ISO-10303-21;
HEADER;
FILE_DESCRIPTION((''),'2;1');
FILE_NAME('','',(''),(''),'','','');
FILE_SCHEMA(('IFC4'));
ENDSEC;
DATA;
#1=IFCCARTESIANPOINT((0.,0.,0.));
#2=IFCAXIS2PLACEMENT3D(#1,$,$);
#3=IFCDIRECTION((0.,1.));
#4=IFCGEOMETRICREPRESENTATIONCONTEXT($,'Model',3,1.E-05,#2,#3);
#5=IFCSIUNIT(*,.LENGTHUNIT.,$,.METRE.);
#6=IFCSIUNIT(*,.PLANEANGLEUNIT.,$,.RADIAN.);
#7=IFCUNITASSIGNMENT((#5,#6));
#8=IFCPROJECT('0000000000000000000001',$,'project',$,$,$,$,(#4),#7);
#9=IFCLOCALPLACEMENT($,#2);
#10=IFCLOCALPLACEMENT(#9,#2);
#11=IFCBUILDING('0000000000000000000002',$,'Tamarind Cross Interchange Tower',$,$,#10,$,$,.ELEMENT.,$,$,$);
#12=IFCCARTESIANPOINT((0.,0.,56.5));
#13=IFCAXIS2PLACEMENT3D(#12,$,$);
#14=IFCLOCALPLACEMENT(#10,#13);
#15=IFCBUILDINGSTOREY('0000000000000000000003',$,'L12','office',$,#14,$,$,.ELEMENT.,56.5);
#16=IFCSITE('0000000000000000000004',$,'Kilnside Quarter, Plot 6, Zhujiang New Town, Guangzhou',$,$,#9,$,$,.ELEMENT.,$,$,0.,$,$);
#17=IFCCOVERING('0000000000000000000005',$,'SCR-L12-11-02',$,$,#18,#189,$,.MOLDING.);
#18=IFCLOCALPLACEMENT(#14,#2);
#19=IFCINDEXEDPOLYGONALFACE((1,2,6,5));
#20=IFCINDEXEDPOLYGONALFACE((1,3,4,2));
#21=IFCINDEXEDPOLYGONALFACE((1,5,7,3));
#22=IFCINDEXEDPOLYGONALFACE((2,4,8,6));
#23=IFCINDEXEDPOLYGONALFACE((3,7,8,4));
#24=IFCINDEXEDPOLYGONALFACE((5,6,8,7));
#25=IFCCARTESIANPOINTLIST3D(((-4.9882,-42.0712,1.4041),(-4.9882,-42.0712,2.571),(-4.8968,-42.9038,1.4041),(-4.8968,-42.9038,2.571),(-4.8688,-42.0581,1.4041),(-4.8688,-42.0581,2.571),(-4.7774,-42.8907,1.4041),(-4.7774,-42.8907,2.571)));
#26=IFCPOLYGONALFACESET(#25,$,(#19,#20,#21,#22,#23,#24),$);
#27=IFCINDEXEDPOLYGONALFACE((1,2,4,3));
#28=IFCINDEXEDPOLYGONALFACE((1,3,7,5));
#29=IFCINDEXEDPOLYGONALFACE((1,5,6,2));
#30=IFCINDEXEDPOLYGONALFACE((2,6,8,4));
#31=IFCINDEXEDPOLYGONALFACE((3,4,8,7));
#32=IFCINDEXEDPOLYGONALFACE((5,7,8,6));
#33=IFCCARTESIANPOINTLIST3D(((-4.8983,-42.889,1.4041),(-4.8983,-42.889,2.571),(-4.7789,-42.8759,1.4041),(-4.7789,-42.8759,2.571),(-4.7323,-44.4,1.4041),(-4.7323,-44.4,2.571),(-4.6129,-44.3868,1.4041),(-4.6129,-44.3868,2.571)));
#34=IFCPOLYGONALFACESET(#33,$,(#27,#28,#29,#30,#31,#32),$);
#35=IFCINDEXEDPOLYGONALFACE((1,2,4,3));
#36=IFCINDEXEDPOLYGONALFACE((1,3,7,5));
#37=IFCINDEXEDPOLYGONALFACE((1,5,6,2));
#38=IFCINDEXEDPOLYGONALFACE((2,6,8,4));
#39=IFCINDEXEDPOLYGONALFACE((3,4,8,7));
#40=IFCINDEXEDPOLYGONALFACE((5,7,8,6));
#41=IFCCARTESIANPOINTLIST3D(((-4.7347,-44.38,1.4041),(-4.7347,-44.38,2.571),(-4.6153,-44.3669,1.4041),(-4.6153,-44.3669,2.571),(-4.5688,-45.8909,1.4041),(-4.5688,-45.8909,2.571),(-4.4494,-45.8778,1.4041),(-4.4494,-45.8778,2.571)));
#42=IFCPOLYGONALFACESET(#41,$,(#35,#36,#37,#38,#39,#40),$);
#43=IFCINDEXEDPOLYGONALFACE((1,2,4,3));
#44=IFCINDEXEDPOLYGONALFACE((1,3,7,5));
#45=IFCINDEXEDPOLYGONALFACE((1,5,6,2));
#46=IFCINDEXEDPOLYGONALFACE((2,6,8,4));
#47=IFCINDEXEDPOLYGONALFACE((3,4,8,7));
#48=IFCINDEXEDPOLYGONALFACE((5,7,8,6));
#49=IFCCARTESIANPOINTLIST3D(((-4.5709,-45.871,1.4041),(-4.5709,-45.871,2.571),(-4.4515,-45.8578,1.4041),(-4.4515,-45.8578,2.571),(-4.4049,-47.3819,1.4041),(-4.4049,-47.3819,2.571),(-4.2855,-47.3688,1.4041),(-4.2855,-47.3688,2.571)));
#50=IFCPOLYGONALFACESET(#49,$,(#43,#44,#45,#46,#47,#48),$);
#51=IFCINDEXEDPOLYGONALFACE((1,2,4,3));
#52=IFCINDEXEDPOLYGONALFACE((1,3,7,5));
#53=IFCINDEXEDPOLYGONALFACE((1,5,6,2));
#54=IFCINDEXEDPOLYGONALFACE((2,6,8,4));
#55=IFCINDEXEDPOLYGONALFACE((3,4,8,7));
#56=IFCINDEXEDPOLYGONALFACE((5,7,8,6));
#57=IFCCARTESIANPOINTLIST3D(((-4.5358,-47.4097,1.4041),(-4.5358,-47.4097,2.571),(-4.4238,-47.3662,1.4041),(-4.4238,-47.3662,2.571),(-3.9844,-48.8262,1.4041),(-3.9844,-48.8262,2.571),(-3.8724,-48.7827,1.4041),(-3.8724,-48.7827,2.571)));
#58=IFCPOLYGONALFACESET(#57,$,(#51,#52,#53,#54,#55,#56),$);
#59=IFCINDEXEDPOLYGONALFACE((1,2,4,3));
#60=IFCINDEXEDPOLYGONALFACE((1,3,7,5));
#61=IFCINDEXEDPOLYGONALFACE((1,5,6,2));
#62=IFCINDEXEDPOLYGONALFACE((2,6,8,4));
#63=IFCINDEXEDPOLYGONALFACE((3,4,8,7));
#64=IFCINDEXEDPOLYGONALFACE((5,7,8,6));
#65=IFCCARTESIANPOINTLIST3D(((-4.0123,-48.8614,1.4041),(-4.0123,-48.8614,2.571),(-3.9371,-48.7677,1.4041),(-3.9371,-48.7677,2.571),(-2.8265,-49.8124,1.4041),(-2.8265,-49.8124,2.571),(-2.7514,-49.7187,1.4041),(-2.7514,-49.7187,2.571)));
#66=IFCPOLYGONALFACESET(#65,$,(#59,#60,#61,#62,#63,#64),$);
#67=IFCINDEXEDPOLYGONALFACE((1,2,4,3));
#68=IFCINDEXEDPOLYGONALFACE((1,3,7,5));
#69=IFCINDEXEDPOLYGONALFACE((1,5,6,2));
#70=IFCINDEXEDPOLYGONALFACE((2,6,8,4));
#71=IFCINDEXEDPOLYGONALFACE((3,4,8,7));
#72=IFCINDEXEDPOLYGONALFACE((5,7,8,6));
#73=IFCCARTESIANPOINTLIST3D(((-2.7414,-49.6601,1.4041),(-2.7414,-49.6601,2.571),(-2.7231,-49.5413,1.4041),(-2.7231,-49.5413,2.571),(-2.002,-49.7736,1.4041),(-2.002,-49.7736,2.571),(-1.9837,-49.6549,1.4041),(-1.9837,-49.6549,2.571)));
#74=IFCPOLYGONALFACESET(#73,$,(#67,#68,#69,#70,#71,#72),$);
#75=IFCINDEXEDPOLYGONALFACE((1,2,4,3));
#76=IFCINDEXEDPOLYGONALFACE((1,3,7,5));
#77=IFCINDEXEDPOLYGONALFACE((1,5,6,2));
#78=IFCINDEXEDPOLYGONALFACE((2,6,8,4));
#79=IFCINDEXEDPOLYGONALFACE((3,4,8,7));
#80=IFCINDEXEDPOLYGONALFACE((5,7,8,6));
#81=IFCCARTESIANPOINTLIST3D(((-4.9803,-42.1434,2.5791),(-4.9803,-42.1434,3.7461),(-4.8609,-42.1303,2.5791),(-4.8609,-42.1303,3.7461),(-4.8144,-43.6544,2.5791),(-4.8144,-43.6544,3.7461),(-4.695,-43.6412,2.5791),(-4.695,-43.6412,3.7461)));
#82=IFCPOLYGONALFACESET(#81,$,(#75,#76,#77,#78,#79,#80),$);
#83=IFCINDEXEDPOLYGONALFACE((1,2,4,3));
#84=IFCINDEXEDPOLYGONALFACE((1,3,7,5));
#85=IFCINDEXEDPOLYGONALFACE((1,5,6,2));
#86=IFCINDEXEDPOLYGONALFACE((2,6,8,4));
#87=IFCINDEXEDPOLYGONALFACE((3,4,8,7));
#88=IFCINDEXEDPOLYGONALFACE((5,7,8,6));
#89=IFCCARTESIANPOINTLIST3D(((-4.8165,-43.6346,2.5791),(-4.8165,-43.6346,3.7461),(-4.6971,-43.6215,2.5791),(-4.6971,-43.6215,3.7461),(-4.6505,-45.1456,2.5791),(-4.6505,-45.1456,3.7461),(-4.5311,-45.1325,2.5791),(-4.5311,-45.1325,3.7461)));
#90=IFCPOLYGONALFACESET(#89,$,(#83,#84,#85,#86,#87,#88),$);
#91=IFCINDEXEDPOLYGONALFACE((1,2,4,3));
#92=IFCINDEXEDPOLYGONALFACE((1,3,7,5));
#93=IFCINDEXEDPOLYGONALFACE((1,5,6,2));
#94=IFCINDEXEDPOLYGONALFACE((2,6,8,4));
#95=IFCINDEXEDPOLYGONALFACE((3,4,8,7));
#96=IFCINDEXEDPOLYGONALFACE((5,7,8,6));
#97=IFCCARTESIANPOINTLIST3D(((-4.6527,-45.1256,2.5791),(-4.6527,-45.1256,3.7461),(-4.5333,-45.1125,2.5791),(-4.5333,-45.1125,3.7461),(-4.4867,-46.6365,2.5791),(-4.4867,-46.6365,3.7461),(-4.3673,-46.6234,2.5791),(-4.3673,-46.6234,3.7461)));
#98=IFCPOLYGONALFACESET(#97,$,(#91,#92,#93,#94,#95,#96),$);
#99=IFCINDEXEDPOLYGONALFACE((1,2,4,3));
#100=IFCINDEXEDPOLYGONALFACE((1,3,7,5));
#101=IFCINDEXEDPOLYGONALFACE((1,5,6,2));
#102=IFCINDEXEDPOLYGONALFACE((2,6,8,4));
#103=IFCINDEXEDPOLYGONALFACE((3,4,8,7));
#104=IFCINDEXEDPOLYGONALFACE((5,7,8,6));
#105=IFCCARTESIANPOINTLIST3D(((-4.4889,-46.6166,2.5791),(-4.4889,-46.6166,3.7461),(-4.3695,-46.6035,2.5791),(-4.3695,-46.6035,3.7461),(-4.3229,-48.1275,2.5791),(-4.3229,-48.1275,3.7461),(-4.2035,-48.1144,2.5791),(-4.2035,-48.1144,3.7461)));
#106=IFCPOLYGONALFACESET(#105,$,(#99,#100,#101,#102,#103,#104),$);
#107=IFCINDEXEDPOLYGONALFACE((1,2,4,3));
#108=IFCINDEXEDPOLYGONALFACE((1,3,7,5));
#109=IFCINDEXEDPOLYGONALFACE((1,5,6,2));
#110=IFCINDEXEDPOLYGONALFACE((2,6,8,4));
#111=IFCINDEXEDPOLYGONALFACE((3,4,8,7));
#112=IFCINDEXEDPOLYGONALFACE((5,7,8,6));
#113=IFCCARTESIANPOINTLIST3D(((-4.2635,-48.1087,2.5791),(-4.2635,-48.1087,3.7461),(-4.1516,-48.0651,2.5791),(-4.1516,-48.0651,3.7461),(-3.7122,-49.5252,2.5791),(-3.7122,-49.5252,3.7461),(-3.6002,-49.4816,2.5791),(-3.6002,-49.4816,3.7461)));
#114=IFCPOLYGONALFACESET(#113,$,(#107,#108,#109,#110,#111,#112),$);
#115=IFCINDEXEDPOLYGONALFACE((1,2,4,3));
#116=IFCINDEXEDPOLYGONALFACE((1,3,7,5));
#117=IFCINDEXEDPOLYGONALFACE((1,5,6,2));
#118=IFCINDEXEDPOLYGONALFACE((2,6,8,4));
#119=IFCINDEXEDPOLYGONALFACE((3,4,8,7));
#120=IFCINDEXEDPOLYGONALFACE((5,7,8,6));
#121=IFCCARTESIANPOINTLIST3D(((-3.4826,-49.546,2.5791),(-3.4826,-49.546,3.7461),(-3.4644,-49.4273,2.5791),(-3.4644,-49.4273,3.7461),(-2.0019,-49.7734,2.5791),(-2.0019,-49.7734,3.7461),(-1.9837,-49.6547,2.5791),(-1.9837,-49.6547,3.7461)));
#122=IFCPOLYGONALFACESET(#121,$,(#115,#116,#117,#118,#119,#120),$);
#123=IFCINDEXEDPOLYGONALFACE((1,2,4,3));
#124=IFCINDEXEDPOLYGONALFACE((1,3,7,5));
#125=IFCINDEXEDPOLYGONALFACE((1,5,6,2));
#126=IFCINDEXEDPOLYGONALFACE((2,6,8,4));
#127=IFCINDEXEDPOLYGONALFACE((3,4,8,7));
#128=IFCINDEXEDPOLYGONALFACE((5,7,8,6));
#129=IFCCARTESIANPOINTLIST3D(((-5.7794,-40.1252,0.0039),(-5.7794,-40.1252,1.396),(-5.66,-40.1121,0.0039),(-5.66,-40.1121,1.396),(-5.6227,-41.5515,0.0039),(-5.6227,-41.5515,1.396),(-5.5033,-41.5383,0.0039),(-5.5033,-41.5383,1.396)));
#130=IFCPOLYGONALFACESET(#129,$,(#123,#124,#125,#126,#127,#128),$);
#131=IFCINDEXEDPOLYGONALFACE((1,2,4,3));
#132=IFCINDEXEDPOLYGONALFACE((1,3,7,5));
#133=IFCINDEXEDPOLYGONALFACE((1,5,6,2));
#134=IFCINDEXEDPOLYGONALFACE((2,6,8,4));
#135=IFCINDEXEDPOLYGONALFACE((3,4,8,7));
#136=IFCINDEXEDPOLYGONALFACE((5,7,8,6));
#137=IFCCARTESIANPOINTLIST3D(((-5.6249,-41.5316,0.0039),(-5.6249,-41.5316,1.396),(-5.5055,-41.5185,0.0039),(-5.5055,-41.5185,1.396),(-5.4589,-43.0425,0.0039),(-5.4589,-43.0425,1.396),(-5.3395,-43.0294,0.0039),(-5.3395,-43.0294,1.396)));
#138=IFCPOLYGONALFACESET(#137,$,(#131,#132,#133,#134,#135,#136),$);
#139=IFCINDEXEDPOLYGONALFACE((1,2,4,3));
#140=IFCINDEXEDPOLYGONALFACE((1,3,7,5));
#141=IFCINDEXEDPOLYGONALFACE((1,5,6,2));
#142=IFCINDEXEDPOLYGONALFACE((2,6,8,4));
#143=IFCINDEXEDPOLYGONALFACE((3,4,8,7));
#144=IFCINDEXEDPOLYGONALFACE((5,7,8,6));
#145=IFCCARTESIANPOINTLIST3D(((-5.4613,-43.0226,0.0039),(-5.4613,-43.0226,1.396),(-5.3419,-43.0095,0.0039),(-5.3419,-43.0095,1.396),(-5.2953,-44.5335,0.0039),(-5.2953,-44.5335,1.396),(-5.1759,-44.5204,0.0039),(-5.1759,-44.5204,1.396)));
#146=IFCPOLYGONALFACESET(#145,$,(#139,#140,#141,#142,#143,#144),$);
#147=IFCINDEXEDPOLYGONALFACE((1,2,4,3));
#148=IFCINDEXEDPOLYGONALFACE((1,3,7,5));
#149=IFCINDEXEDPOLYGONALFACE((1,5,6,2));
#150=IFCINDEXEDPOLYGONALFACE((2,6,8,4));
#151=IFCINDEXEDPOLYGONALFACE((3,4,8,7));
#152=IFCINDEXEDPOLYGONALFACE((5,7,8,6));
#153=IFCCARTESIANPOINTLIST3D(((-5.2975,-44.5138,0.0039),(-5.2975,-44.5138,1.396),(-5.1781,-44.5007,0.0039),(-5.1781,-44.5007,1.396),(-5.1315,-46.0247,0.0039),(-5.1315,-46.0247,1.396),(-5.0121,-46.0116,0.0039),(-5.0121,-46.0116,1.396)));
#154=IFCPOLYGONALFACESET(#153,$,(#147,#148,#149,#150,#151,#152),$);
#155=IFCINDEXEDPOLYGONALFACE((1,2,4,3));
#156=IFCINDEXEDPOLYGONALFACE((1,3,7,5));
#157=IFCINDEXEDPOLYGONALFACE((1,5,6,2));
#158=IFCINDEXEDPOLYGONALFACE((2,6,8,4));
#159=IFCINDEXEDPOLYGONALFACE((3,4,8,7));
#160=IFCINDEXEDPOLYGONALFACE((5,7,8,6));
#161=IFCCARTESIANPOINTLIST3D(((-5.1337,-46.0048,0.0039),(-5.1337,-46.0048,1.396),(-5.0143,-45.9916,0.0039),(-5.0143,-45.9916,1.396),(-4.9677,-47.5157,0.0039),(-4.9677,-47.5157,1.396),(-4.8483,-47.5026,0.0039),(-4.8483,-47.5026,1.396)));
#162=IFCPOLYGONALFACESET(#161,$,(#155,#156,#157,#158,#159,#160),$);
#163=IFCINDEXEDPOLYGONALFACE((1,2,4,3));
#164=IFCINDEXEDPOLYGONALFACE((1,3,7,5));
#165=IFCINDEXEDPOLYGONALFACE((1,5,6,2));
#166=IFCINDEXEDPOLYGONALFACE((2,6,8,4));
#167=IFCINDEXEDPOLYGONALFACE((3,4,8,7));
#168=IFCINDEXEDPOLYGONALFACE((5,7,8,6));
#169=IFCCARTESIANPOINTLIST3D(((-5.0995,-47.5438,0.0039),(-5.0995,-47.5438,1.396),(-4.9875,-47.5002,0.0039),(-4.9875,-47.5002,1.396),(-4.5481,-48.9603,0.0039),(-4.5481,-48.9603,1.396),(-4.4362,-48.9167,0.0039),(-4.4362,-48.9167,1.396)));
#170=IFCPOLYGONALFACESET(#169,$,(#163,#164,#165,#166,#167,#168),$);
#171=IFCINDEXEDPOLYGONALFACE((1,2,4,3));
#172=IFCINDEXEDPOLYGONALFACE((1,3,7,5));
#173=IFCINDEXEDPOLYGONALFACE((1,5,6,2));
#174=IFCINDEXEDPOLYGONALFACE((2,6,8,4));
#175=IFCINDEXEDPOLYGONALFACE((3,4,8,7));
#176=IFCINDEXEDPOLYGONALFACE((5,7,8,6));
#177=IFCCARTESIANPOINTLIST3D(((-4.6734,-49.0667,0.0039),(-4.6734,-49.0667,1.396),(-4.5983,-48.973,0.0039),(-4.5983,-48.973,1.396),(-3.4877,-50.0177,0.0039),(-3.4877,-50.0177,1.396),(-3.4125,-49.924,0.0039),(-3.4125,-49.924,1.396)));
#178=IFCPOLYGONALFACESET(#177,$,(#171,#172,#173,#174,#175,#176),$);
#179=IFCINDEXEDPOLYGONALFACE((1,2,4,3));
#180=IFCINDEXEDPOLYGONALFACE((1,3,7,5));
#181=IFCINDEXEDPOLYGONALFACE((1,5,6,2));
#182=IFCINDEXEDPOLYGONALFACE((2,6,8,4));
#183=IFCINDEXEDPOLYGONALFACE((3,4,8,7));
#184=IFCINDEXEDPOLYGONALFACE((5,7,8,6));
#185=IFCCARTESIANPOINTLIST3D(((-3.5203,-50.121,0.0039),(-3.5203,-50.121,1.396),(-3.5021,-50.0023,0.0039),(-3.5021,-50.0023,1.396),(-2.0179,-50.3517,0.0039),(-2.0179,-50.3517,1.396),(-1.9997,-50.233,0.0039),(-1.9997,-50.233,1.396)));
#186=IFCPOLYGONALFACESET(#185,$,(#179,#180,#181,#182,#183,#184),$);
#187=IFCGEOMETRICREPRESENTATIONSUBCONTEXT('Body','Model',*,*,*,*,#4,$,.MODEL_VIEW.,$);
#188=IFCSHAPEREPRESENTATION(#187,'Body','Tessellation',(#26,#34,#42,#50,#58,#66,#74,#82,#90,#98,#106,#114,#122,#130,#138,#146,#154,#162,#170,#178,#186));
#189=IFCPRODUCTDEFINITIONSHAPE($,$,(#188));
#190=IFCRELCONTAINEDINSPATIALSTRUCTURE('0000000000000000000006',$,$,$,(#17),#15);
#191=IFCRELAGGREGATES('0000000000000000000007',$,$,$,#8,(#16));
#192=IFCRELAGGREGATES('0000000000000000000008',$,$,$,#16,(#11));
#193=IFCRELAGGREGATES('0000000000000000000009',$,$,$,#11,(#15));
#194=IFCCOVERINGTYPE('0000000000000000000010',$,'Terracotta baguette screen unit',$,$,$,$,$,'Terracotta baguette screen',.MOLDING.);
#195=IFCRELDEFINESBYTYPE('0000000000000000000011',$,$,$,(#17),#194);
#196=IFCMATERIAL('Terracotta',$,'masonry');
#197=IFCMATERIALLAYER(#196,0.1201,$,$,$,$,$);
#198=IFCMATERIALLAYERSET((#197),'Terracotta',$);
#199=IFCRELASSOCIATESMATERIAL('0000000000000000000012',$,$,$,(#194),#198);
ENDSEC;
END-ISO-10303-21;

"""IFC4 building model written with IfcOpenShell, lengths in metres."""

from ifc_helpers import new_model, si_unit, direction, frame, origin, origin_2d, place, context, subcontext, project, spatial, rectangle, extrude, material, layer, layer_set, type_object, element, save


model = new_model("IFC4")

# Units and contexts
model_context = context("Model", 3, precision=1e-05, world=origin(), true_north=direction((0.0, 1.0)))
body_context = subcontext(model_context, "Body", "Model", "MODEL_VIEW")
ifc_project = project(units=[si_unit("LENGTHUNIT", "METRE"), si_unit("PLANEANGLEUNIT", "RADIAN")], contexts=[model_context])

# Site, building, storey
site_placement = place(None, origin())
site = spatial("IfcSite", under=ifc_project, at=site_placement, Name="Kilnside Quarter, Plot 6, Zhujiang New Town, Guangzhou", CompositionType="ELEMENT", RefElevation=0.0)
building_placement = place(site_placement, origin())
building = spatial("IfcBuilding", under=site, at=building_placement, Name="Tamarind Cross Interchange Tower", CompositionType="ELEMENT")
storey_placement = place(building_placement, frame((0.0, 0.0, 56.5)))
storey = spatial("IfcBuildingStorey", under=building, at=storey_placement, Name="L12", Description="office", CompositionType="ELEMENT", Elevation=56.5)

# Covering
ifc_material_1 = material(Name="Terracotta", Category="masonry")
ifc_layer_1 = layer(ifc_material_1, 0.1201)
ifc_layer_set_1 = layer_set([ifc_layer_1], Name="Terracotta")
covering_type = type_object("IfcCoveringType", Name="Terracotta baguette screen unit", ElementType="Terracotta baguette screen", PredefinedType="MOLDING", material=ifc_layer_set_1)
covering_1_placement = place(storey_placement, origin())
element("IfcCovering", 1, at=covering_1_placement, inside=storey, type_object=covering_type, Name="SCR-L12-11-02", PredefinedType="MOLDING", context=body_context, shape_type="SweptSolid", body=[
    extrude(rectangle(XDim=0.8376, YDim=0.1201, at=origin_2d()), frame((-4.8828, -42.481, 1.4041), z_axis=(0.0, 0.0, 1.0), x_axis=(0.109193, -0.994021, 0.0)), (0.0, 0.0, 1.0), 1.167),
    extrude(rectangle(XDim=1.52, YDim=0.1201, at=origin_2d()), frame((-4.7556, -43.6379, 1.4041), z_axis=(0.0, 0.0, 1.0), x_axis=(0.109193, -0.994021, 0.0)), (0.0, 0.0, 1.0), 1.167),
    extrude(rectangle(XDim=1.52, YDim=0.1201, at=origin_2d()), frame((-4.592, -45.1289, 1.4041), z_axis=(0.0, 0.0, 1.0), x_axis=(0.109193, -0.994021, 0.0)), (0.0, 0.0, 1.0), 1.167),
    extrude(rectangle(XDim=1.52, YDim=0.1201, at=origin_2d()), frame((-4.4282, -46.6199, 1.4041), z_axis=(0.0, 0.0, 1.0), x_axis=(0.109193, -0.994021, 0.0)), (0.0, 0.0, 1.0), 1.167),
    extrude(rectangle(XDim=1.52, YDim=0.1201, at=origin_2d()), frame((-4.2041, -48.0962, 1.4041), z_axis=(0.0, 0.0, 1.0), x_axis=(0.362744, -0.931889, 0.0)), (0.0, 0.0, 1.0), 1.167),
    extrude(rectangle(XDim=1.52, YDim=0.1201, at=origin_2d()), frame((-3.3818, -49.29, 1.4041), z_axis=(0.0, 0.0, 1.0), x_axis=(0.78009, -0.625668, 0.0)), (0.0, 0.0, 1.0), 1.167),
    extrude(rectangle(XDim=0.748, YDim=0.1201, at=origin_2d()), frame((-2.3625, -49.6575, 1.4041), z_axis=(0.0, 0.0, 1.0), x_axis=(0.988411, -0.151799, 0.0)), (0.0, 0.0, 1.0), 1.167),
    extrude(rectangle(XDim=1.52, YDim=0.1201, at=origin_2d()), frame((-4.8376, -42.8923, 2.5791), z_axis=(0.0, 0.0, 1.0), x_axis=(0.109193, -0.994021, 0.0)), (0.0, 0.0, 1.0), 1.167),
    extrude(rectangle(XDim=1.52, YDim=0.1201, at=origin_2d()), frame((-4.6738, -44.3835, 2.5791), z_axis=(0.0, 0.0, 1.0), x_axis=(0.109193, -0.994021, 0.0)), (0.0, 0.0, 1.0), 1.167),
    extrude(rectangle(XDim=1.52, YDim=0.1201, at=origin_2d()), frame((-4.51, -45.8745, 2.5791), z_axis=(0.0, 0.0, 1.0), x_axis=(0.109193, -0.994021, 0.0)), (0.0, 0.0, 1.0), 1.167),
    extrude(rectangle(XDim=1.52, YDim=0.1201, at=origin_2d()), frame((-4.3462, -47.3655, 2.5791), z_axis=(0.0, 0.0, 1.0), x_axis=(0.109193, -0.994021, 0.0)), (0.0, 0.0, 1.0), 1.167),
    extrude(rectangle(XDim=1.52, YDim=0.1201, at=origin_2d()), frame((-3.9319, -48.7952, 2.5791), z_axis=(0.0, 0.0, 1.0), x_axis=(0.362744, -0.931889, 0.0)), (0.0, 0.0, 1.0), 1.167),
    extrude(rectangle(XDim=1.498, YDim=0.1201, at=origin_2d()), frame((-2.7332, -49.6003, 2.5791), z_axis=(0.0, 0.0, 1.0), x_axis=(0.988411, -0.151799, 0.0)), (0.0, 0.0, 1.0), 1.167),
    extrude(rectangle(XDim=1.4348, YDim=0.1201, at=origin_2d()), frame((-5.6414, -40.8318, 0.0039), z_axis=(0.0, 0.0, 1.0), x_axis=(0.109193, -0.994021, 0.0)), (0.0, 0.0, 1.0), 1.3921),
    extrude(rectangle(XDim=1.52, YDim=0.1201, at=origin_2d()), frame((-5.4822, -42.2805, 0.0039), z_axis=(0.0, 0.0, 1.0), x_axis=(0.109193, -0.994021, 0.0)), (0.0, 0.0, 1.0), 1.3921),
    extrude(rectangle(XDim=1.52, YDim=0.1201, at=origin_2d()), frame((-5.3186, -43.7715, 0.0039), z_axis=(0.0, 0.0, 1.0), x_axis=(0.109193, -0.994021, 0.0)), (0.0, 0.0, 1.0), 1.3921),
    extrude(rectangle(XDim=1.52, YDim=0.1201, at=origin_2d()), frame((-5.1548, -45.2627, 0.0039), z_axis=(0.0, 0.0, 1.0), x_axis=(0.109193, -0.994021, 0.0)), (0.0, 0.0, 1.0), 1.3921),
    extrude(rectangle(XDim=1.52, YDim=0.1201, at=origin_2d()), frame((-4.991, -46.7537, 0.0039), z_axis=(0.0, 0.0, 1.0), x_axis=(0.109193, -0.994021, 0.0)), (0.0, 0.0, 1.0), 1.3921),
    extrude(rectangle(XDim=1.52, YDim=0.1201, at=origin_2d()), frame((-4.7678, -48.2302, 0.0039), z_axis=(0.0, 0.0, 1.0), x_axis=(0.362744, -0.931889, 0.0)), (0.0, 0.0, 1.0), 1.3921),
    extrude(rectangle(XDim=1.52, YDim=0.1201, at=origin_2d()), frame((-4.043, -49.4954, 0.0039), z_axis=(0.0, 0.0, 1.0), x_axis=(0.78009, -0.625668, 0.0)), (0.0, 0.0, 1.0), 1.3921),
    extrude(rectangle(XDim=1.52, YDim=0.1201, at=origin_2d()), frame((-2.76, -50.177, 0.0039), z_axis=(0.0, 0.0, 1.0), x_axis=(0.988411, -0.151799, 0.0)), (0.0, 0.0, 1.0), 1.3921),
])

save(model, "model.ifc")
